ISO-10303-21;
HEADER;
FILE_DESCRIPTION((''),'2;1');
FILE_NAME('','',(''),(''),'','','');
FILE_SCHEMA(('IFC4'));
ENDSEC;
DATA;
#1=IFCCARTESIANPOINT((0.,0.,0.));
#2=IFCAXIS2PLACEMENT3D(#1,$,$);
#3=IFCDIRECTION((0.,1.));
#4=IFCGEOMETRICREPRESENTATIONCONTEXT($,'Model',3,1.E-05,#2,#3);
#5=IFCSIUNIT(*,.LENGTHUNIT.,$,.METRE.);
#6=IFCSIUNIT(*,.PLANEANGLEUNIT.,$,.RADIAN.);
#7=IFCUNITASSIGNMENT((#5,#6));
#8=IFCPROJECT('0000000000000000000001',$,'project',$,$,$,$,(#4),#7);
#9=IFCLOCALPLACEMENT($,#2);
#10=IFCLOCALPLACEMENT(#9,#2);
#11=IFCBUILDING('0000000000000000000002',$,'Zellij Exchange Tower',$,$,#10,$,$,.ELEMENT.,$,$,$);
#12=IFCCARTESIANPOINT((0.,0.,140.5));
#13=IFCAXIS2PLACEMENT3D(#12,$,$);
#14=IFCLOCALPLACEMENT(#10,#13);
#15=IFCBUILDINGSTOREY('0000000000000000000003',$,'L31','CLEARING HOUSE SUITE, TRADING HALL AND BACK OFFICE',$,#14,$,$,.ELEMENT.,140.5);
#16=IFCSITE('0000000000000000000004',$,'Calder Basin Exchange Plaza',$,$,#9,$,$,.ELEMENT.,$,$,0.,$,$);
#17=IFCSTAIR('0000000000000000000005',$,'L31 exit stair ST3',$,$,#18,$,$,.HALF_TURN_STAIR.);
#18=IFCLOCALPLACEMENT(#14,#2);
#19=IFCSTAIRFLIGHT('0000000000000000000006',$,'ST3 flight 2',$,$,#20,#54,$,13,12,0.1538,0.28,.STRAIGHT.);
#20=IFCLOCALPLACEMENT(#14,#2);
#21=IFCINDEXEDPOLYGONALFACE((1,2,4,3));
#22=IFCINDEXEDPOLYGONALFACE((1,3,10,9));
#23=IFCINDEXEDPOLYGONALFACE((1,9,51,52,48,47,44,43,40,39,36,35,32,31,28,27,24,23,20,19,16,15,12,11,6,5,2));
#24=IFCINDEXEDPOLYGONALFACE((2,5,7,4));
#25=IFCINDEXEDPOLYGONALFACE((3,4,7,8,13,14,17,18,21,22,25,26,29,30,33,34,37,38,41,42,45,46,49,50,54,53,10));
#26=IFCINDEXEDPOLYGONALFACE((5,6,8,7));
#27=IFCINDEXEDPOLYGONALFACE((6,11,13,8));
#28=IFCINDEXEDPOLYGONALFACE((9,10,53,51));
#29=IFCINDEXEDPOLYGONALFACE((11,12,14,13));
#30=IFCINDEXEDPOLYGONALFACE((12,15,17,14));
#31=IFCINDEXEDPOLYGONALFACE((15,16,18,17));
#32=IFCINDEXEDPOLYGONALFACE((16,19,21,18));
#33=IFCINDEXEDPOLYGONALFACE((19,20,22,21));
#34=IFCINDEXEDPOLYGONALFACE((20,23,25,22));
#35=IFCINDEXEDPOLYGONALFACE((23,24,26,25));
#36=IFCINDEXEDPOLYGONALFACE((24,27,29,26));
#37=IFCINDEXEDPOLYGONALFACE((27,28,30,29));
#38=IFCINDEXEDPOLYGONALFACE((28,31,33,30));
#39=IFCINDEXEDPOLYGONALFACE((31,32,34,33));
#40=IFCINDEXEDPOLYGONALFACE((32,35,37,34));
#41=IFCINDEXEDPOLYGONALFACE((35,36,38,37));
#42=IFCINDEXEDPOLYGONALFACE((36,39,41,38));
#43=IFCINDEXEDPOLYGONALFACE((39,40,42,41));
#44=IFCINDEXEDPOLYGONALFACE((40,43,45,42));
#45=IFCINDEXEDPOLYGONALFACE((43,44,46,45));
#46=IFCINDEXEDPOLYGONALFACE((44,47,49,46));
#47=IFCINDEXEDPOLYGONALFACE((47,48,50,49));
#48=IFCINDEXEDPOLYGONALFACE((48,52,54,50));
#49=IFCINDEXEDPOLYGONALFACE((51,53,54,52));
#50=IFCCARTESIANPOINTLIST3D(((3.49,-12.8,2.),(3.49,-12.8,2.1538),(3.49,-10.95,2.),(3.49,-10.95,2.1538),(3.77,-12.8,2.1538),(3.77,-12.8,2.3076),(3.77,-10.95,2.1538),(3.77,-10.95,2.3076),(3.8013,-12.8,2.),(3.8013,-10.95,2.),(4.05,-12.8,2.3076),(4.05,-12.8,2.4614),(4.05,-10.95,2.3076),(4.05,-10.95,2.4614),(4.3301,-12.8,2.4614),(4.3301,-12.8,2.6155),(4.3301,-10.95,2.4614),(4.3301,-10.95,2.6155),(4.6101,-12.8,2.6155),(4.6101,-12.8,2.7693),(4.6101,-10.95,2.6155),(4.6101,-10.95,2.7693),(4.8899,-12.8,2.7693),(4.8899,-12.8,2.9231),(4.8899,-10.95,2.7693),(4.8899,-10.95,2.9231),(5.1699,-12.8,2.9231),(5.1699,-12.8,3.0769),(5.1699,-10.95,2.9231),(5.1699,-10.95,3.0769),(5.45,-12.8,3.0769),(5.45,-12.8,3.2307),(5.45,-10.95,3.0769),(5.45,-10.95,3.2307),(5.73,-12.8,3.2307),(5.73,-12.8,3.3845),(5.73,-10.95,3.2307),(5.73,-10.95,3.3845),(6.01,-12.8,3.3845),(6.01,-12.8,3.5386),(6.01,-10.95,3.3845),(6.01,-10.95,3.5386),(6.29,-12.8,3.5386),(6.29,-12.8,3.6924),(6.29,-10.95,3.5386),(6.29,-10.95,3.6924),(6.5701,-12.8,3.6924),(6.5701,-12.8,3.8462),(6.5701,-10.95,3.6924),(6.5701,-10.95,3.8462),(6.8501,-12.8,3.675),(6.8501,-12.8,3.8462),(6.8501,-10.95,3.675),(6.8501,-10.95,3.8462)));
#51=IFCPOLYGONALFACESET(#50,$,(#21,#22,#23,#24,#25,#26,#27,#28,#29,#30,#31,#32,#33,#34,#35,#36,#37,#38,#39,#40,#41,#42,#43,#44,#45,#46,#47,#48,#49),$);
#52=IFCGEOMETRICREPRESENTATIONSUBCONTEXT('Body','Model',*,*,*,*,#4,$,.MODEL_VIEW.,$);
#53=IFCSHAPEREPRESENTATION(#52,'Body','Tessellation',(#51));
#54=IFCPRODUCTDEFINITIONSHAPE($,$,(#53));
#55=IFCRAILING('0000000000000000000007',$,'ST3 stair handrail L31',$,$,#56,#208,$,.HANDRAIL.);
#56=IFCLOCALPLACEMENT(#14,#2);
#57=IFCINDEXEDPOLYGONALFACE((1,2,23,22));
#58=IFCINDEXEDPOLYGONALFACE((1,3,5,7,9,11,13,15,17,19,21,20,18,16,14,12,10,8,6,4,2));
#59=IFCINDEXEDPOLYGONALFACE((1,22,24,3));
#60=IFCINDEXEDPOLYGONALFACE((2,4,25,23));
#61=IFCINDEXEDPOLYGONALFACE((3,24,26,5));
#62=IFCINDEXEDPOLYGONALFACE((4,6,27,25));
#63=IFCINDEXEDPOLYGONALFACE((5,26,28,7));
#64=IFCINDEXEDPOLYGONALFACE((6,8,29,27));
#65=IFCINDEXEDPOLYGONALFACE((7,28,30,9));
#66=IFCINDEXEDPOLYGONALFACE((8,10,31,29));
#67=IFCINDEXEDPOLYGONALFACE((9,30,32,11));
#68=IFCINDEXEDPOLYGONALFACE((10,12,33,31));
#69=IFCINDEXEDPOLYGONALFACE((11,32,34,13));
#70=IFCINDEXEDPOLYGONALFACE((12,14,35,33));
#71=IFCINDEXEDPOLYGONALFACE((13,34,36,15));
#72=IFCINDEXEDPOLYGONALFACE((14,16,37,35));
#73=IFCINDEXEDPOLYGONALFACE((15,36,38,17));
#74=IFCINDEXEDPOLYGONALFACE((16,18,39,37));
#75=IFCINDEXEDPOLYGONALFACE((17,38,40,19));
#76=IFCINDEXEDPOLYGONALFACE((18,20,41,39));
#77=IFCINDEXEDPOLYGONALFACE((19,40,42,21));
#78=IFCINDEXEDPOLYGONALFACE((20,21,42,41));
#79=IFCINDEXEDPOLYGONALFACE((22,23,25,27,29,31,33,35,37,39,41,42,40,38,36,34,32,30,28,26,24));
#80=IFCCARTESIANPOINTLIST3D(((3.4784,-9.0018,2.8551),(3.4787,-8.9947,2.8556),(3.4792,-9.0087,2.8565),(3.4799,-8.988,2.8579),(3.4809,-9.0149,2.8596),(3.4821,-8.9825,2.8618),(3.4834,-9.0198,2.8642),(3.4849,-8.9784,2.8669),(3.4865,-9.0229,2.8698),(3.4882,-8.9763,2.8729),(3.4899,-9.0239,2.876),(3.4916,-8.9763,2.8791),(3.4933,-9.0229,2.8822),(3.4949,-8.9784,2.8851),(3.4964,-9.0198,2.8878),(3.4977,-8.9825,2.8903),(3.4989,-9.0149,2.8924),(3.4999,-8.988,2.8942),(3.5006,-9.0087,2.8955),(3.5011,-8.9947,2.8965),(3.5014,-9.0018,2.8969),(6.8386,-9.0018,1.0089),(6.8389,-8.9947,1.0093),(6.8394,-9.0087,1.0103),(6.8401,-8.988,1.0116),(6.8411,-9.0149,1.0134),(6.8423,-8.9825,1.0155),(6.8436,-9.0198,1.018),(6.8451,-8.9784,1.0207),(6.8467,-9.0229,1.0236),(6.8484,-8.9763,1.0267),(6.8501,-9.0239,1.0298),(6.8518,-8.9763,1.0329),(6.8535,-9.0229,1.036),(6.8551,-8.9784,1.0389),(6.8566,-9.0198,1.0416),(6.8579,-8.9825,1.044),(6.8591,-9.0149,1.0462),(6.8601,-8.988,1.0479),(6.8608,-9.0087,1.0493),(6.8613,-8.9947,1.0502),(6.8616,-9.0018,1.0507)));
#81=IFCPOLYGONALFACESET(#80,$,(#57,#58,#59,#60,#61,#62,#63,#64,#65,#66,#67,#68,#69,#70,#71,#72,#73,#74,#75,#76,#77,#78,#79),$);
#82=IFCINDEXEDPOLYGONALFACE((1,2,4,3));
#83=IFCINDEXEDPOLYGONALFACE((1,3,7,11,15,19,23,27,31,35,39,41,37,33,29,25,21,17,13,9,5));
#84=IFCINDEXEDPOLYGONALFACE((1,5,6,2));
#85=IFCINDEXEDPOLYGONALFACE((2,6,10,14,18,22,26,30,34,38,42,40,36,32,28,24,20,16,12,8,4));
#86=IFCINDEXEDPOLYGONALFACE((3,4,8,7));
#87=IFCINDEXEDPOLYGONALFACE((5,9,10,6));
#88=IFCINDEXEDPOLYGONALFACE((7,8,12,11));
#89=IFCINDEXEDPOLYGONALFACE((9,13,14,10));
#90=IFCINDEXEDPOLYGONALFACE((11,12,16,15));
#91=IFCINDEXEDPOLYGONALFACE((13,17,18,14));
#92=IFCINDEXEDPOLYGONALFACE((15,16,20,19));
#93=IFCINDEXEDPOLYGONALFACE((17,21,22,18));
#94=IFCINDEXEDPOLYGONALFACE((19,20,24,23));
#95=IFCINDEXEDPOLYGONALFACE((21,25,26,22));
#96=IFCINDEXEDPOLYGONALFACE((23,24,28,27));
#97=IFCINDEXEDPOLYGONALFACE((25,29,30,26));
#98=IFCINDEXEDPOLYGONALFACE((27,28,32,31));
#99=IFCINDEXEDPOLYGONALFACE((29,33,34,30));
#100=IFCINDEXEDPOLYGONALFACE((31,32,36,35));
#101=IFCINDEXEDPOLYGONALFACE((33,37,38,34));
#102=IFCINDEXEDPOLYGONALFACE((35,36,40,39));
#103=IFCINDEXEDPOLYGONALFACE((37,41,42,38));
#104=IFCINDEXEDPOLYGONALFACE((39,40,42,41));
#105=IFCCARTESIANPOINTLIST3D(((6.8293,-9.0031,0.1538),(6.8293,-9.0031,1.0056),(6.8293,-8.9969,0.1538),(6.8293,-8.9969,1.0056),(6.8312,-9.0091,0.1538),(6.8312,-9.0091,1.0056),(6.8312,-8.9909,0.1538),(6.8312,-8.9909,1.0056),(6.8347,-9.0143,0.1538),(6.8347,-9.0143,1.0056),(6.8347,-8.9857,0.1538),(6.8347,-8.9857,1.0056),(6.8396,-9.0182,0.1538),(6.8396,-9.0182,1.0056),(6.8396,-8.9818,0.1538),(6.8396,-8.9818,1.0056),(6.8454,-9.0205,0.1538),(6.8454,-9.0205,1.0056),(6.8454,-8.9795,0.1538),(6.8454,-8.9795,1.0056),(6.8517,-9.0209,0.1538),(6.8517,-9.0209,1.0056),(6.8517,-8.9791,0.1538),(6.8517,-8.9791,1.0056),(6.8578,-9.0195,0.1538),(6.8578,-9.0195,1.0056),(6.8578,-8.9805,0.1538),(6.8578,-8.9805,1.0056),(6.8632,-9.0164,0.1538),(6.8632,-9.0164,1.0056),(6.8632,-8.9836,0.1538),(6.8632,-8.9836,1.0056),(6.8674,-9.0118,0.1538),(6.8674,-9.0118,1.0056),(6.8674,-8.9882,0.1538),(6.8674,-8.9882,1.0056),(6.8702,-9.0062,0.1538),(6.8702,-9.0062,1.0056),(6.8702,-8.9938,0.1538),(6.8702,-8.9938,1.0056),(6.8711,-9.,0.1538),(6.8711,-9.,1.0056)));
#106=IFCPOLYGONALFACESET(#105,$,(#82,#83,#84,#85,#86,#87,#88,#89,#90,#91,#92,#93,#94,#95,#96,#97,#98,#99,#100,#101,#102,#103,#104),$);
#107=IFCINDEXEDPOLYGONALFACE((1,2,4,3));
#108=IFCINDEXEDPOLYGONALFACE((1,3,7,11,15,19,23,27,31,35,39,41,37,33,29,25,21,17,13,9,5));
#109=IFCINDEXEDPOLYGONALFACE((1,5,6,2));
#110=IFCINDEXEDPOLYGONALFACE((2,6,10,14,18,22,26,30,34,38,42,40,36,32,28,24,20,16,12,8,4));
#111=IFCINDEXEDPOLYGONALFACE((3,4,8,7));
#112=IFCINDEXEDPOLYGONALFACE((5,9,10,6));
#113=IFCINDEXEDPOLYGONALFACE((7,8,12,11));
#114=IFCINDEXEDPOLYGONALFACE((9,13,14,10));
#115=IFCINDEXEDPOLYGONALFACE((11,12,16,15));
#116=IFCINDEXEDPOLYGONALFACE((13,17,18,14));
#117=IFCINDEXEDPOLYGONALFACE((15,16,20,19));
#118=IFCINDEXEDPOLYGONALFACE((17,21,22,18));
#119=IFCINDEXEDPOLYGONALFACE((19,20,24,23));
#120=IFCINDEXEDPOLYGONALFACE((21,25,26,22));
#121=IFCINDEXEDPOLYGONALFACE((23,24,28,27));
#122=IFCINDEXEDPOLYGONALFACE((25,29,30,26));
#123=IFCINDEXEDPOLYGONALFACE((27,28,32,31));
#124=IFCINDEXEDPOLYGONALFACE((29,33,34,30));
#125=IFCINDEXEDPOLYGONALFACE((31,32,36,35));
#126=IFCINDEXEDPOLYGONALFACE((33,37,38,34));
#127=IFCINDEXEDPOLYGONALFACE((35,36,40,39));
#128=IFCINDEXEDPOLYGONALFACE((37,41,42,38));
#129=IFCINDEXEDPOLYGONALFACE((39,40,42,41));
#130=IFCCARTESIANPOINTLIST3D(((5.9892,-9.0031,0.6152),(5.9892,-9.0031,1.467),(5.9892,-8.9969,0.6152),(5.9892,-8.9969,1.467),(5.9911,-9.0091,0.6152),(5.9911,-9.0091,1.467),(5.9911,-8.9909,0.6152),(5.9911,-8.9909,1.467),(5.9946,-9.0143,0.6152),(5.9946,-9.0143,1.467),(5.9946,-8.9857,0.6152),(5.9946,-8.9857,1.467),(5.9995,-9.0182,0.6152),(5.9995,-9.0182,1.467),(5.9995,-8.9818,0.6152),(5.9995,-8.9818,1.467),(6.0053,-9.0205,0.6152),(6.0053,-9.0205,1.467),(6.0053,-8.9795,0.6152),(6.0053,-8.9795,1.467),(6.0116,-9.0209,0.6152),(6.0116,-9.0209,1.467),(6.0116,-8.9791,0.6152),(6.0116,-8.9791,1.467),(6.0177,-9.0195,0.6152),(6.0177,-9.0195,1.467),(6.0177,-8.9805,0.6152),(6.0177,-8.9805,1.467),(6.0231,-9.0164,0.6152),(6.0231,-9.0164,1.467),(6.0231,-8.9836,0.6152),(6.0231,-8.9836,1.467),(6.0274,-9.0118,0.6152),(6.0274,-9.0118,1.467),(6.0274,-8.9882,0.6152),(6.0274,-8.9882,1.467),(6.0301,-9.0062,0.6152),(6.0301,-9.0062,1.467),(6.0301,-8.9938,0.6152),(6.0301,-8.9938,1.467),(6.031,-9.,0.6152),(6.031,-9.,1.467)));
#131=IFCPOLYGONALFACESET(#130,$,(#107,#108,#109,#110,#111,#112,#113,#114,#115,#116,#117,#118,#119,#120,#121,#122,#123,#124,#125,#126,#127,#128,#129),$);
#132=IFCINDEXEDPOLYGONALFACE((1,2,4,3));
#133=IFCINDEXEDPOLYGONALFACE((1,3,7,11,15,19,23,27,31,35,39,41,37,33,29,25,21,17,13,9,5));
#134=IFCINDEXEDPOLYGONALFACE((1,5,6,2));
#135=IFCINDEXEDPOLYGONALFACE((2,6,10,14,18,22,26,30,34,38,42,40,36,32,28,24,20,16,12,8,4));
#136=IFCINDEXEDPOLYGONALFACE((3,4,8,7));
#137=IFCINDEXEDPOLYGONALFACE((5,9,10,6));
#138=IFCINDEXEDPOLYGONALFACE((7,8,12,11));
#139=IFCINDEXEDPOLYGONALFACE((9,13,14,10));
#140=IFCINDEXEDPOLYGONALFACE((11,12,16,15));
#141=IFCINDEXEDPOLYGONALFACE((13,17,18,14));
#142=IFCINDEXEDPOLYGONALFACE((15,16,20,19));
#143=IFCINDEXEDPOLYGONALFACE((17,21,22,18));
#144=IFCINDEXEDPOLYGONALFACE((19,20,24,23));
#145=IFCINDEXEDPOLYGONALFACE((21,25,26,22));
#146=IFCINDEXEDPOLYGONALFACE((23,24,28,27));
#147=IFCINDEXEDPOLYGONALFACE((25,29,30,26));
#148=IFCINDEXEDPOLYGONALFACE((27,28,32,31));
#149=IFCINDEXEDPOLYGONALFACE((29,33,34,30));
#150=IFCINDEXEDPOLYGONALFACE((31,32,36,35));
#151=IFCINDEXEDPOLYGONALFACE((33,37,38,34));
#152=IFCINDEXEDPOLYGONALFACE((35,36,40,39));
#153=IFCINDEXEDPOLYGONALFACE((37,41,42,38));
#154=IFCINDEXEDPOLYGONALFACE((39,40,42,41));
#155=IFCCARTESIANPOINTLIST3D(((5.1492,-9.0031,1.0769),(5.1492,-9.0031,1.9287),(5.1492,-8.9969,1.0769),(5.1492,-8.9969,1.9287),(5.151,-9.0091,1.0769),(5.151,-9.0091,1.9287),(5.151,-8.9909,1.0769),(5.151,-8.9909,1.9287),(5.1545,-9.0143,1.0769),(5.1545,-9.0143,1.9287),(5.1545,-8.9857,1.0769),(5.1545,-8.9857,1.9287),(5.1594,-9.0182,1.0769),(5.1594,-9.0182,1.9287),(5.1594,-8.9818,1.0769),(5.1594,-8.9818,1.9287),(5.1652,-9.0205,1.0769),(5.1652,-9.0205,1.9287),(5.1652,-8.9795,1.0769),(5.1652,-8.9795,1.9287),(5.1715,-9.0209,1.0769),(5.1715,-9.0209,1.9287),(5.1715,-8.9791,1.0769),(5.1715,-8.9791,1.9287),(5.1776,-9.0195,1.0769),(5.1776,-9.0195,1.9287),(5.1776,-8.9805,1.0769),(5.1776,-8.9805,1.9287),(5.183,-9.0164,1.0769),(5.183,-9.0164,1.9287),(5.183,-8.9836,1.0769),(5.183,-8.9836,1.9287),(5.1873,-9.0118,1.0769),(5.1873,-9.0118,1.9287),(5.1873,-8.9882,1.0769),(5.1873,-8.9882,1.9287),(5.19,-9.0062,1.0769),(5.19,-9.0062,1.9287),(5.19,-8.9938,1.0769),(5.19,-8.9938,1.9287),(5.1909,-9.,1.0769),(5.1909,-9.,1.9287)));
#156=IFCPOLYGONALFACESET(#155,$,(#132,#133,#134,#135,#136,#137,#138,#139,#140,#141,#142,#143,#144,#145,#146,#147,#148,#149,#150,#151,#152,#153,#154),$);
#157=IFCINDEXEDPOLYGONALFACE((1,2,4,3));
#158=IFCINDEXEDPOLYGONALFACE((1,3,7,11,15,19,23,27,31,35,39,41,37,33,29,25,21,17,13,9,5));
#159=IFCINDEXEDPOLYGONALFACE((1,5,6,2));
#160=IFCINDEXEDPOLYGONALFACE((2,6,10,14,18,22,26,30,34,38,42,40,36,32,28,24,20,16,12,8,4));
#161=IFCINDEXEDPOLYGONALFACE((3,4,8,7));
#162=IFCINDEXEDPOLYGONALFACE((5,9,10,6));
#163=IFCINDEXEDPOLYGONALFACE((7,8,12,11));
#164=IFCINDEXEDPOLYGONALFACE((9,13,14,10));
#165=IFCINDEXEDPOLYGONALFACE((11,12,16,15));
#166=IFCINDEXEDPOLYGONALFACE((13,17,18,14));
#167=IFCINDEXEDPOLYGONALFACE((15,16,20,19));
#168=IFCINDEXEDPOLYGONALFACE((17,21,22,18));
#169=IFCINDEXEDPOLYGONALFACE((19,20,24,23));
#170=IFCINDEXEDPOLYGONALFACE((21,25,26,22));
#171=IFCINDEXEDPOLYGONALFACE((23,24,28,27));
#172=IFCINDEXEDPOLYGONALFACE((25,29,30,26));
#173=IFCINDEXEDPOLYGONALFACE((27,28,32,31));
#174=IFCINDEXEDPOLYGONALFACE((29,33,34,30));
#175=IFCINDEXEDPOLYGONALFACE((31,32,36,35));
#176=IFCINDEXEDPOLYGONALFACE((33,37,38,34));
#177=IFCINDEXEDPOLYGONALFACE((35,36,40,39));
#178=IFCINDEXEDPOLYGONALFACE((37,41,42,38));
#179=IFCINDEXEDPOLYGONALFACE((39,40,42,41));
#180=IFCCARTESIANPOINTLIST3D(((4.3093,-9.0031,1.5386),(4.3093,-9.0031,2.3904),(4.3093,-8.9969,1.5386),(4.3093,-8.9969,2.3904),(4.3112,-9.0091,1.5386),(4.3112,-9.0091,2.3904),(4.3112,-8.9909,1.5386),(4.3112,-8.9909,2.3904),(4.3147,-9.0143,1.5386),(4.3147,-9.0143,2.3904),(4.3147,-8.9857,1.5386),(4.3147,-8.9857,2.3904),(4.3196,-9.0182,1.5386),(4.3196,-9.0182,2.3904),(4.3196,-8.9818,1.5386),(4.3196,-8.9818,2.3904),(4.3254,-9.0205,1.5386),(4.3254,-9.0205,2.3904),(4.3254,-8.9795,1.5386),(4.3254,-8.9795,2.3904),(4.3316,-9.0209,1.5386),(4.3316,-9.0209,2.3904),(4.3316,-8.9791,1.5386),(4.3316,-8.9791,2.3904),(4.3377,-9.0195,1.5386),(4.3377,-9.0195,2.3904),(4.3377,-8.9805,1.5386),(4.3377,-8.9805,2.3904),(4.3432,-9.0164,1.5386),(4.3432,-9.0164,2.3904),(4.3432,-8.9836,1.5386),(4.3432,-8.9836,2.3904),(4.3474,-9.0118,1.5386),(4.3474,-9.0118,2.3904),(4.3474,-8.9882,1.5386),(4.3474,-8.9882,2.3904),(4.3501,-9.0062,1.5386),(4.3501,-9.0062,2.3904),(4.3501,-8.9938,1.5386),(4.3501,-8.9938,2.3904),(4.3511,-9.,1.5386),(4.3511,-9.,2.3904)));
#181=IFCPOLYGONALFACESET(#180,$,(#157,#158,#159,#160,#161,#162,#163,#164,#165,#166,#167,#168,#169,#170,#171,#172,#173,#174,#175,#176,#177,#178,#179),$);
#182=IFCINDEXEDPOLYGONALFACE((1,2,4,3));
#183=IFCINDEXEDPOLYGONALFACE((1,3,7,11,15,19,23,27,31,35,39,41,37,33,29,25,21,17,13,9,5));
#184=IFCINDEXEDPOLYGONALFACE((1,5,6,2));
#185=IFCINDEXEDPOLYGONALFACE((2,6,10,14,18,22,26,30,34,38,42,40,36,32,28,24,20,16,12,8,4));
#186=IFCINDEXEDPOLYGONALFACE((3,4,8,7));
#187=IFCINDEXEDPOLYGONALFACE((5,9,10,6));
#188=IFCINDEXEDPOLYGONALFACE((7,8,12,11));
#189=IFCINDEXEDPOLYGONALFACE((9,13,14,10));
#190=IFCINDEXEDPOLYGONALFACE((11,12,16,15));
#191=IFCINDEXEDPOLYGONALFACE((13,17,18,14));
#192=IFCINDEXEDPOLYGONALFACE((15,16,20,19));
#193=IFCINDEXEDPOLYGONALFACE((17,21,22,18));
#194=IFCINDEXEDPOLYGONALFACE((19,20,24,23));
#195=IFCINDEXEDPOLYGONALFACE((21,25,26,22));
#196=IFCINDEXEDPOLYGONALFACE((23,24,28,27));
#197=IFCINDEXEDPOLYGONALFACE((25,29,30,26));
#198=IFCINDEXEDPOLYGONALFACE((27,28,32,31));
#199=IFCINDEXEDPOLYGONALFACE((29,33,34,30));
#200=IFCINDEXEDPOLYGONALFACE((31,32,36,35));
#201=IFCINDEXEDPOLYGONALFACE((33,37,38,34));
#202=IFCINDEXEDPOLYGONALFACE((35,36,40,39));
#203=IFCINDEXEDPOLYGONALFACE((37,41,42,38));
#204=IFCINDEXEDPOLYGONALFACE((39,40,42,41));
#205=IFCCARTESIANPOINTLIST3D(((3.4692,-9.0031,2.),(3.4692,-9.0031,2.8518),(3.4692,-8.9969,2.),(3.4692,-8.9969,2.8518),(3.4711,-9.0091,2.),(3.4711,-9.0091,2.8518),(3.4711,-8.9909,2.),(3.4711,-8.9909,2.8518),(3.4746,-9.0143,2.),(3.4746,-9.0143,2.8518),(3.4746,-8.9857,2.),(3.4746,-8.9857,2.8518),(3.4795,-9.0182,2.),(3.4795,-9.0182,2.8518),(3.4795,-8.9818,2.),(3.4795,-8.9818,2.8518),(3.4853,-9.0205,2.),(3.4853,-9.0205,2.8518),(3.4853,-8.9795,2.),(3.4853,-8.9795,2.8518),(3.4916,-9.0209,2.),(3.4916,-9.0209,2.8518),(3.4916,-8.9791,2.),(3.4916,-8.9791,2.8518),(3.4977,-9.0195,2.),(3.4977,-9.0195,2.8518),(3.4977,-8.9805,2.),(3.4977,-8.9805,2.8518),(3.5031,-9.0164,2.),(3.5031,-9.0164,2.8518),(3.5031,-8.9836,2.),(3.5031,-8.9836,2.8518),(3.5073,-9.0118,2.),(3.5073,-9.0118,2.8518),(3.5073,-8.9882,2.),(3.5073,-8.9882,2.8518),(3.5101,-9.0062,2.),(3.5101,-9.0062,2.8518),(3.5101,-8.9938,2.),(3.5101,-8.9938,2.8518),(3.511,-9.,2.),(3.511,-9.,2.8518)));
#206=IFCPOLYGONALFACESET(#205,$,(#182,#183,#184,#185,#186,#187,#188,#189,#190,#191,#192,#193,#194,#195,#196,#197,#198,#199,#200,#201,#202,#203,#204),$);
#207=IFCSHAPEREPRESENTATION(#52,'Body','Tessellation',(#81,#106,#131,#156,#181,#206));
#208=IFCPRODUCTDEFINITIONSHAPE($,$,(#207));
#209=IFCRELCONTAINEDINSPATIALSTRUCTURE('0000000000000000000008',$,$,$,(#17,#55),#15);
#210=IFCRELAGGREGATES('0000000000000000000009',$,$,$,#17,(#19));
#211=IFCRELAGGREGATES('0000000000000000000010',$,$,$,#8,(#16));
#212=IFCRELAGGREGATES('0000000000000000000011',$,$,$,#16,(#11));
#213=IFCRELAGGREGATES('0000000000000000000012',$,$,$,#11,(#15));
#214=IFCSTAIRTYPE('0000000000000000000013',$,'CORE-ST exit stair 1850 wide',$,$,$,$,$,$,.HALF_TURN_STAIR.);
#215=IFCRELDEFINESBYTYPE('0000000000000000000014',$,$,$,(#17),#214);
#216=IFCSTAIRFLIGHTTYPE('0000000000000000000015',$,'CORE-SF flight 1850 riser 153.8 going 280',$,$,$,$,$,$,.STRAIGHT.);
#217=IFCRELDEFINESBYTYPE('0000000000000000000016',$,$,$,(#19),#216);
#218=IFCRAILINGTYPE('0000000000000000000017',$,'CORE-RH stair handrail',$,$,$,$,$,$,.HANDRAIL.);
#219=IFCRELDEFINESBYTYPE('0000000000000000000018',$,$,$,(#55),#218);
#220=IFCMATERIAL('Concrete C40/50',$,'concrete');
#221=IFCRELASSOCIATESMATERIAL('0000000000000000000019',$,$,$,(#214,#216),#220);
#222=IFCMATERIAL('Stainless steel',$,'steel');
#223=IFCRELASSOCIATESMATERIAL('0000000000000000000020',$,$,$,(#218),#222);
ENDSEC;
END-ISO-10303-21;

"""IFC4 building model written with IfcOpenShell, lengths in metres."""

from ifc_helpers import new_model, si_unit, direction, frame, origin, origin_2d, place, context, subcontext, project, spatial, polyline, circle, outline, extrude, material, type_object, element, aggregate, save


model = new_model("IFC4")

# Units and contexts
model_context = context("Model", 3, precision=1e-05, world=origin(), true_north=direction((0.0, 1.0)))
body_context = subcontext(model_context, "Body", "Model", "MODEL_VIEW")
ifc_project = project(units=[si_unit("LENGTHUNIT", "METRE"), si_unit("PLANEANGLEUNIT", "RADIAN")], contexts=[model_context])

# Site, building, storey
site_placement = place(None, origin())
site = spatial("IfcSite", under=ifc_project, at=site_placement, Name="Calder Basin Exchange Plaza", CompositionType="ELEMENT", RefElevation=0.0)
building_placement = place(site_placement, origin())
building = spatial("IfcBuilding", under=site, at=building_placement, Name="Zellij Exchange Tower", CompositionType="ELEMENT")
storey_placement = place(building_placement, frame((0.0, 0.0, 140.5)))
storey = spatial("IfcBuildingStorey", under=building, at=storey_placement, Name="L31", Description="CLEARING HOUSE SUITE, TRADING HALL AND BACK OFFICE", CompositionType="ELEMENT", Elevation=140.5)

# Stair, stair flight
ifc_material_1 = material(Name="Concrete C40/50", Category="concrete")
stair_type = type_object("IfcStairType", Name="CORE-ST exit stair 1850 wide", PredefinedType="HALF_TURN_STAIR", material=ifc_material_1)
stair_placement = place(storey_placement, origin())
stair = element("IfcStair", 1, at=stair_placement, inside=storey, type_object=stair_type, Name="L31 exit stair ST3", PredefinedType="HALF_TURN_STAIR")
stair_flight_type = type_object("IfcStairFlightType", Name="CORE-SF flight 1850 riser 153.8 going 280", PredefinedType="STRAIGHT", material=ifc_material_1)
stair_flight_1_placement = place(storey_placement, frame((3.49, -11.875, 2.0), z_axis=(0.0, 0.0, 1.0), x_axis=(1.0, 0.0, 0.0)))
stair_flight_1 = element("IfcStairFlight", 2, at=stair_flight_1_placement, type_object=stair_flight_type, Name="ST3 flight 2", NumberOfRisers=13, NumberOfTreads=12, PredefinedType="STRAIGHT", RiserHeight=0.1538, TreadLength=0.28, context=body_context, shape_type="SweptSolid", body=[
    extrude(outline(polyline([(0.0, 0.0), (0.0, 0.1538), (0.28, 0.1538), (0.28, 0.3076), (0.5601, 0.3076), (0.5601, 0.4614), (0.8401, 0.4614), (0.8401, 0.6155), (1.1201, 0.6155), (1.1201, 0.7693), (1.3999, 0.7693), (1.3999, 0.9231), (1.6799, 0.9231), (1.6799, 1.0769), (1.96, 1.0769), (1.96, 1.2307), (2.24, 1.2307), (2.24, 1.3845), (2.52, 1.3845), (2.52, 1.5386), (2.8, 1.5386), (2.8, 1.6924), (3.0801, 1.6924), (3.0801, 1.8462), (3.3601, 1.8462), (3.3601, 2.0), (3.3601, 1.675), (0.3113, 0.0), (0.0, 0.0)])), frame((0.0, 0.925, 0.0), z_axis=(0.0, -1.0, 0.0), x_axis=(1.0, 0.0, 0.0)), (0.0, 0.0, 1.0), 1.8501),
])
aggregate(stair, [stair_flight_1])

# Railing
ifc_material_2 = material(Name="Stainless steel", Category="steel")
railing_type_1 = type_object("IfcRailingType", Name="CORE-RH stair handrail", PredefinedType="HANDRAIL", material=ifc_material_2)
railing_1_placement = place(storey_placement, frame((6.8501, -9.0, 0.1538)))
element("IfcRailing", 3, at=railing_1_placement, inside=storey, type_object=railing_type_1, Name="ST3 stair handrail L31", PredefinedType="HANDRAIL", context=body_context, shape_type="SweptSolid", body=[
    extrude(circle(Radius=0.0239, at=origin_2d()), frame((0.0, 0.0, 0.876), z_axis=(-0.876422, 0.0, 0.481545), x_axis=(0.0, -1.0, 0.0)), (0.0, 0.0, 1.0), 3.834),
    extrude(circle(Radius=0.021, at=origin_2d()), origin(), (0.0, 0.0, 1.0), 0.8518),
    extrude(circle(Radius=0.021, at=origin_2d()), frame((-0.8401, 0.0, 0.4614)), (0.0, 0.0, 1.0), 0.8518),
    extrude(circle(Radius=0.021, at=origin_2d()), frame((-1.6802, 0.0, 0.9231)), (0.0, 0.0, 1.0), 0.8518),
    extrude(circle(Radius=0.021, at=origin_2d()), frame((-2.52, 0.0, 1.3848)), (0.0, 0.0, 1.0), 0.8518),
    extrude(circle(Radius=0.021, at=origin_2d()), frame((-3.3601, 0.0, 1.8462)), (0.0, 0.0, 1.0), 0.8518),
])

save(model, "model.ifc")
